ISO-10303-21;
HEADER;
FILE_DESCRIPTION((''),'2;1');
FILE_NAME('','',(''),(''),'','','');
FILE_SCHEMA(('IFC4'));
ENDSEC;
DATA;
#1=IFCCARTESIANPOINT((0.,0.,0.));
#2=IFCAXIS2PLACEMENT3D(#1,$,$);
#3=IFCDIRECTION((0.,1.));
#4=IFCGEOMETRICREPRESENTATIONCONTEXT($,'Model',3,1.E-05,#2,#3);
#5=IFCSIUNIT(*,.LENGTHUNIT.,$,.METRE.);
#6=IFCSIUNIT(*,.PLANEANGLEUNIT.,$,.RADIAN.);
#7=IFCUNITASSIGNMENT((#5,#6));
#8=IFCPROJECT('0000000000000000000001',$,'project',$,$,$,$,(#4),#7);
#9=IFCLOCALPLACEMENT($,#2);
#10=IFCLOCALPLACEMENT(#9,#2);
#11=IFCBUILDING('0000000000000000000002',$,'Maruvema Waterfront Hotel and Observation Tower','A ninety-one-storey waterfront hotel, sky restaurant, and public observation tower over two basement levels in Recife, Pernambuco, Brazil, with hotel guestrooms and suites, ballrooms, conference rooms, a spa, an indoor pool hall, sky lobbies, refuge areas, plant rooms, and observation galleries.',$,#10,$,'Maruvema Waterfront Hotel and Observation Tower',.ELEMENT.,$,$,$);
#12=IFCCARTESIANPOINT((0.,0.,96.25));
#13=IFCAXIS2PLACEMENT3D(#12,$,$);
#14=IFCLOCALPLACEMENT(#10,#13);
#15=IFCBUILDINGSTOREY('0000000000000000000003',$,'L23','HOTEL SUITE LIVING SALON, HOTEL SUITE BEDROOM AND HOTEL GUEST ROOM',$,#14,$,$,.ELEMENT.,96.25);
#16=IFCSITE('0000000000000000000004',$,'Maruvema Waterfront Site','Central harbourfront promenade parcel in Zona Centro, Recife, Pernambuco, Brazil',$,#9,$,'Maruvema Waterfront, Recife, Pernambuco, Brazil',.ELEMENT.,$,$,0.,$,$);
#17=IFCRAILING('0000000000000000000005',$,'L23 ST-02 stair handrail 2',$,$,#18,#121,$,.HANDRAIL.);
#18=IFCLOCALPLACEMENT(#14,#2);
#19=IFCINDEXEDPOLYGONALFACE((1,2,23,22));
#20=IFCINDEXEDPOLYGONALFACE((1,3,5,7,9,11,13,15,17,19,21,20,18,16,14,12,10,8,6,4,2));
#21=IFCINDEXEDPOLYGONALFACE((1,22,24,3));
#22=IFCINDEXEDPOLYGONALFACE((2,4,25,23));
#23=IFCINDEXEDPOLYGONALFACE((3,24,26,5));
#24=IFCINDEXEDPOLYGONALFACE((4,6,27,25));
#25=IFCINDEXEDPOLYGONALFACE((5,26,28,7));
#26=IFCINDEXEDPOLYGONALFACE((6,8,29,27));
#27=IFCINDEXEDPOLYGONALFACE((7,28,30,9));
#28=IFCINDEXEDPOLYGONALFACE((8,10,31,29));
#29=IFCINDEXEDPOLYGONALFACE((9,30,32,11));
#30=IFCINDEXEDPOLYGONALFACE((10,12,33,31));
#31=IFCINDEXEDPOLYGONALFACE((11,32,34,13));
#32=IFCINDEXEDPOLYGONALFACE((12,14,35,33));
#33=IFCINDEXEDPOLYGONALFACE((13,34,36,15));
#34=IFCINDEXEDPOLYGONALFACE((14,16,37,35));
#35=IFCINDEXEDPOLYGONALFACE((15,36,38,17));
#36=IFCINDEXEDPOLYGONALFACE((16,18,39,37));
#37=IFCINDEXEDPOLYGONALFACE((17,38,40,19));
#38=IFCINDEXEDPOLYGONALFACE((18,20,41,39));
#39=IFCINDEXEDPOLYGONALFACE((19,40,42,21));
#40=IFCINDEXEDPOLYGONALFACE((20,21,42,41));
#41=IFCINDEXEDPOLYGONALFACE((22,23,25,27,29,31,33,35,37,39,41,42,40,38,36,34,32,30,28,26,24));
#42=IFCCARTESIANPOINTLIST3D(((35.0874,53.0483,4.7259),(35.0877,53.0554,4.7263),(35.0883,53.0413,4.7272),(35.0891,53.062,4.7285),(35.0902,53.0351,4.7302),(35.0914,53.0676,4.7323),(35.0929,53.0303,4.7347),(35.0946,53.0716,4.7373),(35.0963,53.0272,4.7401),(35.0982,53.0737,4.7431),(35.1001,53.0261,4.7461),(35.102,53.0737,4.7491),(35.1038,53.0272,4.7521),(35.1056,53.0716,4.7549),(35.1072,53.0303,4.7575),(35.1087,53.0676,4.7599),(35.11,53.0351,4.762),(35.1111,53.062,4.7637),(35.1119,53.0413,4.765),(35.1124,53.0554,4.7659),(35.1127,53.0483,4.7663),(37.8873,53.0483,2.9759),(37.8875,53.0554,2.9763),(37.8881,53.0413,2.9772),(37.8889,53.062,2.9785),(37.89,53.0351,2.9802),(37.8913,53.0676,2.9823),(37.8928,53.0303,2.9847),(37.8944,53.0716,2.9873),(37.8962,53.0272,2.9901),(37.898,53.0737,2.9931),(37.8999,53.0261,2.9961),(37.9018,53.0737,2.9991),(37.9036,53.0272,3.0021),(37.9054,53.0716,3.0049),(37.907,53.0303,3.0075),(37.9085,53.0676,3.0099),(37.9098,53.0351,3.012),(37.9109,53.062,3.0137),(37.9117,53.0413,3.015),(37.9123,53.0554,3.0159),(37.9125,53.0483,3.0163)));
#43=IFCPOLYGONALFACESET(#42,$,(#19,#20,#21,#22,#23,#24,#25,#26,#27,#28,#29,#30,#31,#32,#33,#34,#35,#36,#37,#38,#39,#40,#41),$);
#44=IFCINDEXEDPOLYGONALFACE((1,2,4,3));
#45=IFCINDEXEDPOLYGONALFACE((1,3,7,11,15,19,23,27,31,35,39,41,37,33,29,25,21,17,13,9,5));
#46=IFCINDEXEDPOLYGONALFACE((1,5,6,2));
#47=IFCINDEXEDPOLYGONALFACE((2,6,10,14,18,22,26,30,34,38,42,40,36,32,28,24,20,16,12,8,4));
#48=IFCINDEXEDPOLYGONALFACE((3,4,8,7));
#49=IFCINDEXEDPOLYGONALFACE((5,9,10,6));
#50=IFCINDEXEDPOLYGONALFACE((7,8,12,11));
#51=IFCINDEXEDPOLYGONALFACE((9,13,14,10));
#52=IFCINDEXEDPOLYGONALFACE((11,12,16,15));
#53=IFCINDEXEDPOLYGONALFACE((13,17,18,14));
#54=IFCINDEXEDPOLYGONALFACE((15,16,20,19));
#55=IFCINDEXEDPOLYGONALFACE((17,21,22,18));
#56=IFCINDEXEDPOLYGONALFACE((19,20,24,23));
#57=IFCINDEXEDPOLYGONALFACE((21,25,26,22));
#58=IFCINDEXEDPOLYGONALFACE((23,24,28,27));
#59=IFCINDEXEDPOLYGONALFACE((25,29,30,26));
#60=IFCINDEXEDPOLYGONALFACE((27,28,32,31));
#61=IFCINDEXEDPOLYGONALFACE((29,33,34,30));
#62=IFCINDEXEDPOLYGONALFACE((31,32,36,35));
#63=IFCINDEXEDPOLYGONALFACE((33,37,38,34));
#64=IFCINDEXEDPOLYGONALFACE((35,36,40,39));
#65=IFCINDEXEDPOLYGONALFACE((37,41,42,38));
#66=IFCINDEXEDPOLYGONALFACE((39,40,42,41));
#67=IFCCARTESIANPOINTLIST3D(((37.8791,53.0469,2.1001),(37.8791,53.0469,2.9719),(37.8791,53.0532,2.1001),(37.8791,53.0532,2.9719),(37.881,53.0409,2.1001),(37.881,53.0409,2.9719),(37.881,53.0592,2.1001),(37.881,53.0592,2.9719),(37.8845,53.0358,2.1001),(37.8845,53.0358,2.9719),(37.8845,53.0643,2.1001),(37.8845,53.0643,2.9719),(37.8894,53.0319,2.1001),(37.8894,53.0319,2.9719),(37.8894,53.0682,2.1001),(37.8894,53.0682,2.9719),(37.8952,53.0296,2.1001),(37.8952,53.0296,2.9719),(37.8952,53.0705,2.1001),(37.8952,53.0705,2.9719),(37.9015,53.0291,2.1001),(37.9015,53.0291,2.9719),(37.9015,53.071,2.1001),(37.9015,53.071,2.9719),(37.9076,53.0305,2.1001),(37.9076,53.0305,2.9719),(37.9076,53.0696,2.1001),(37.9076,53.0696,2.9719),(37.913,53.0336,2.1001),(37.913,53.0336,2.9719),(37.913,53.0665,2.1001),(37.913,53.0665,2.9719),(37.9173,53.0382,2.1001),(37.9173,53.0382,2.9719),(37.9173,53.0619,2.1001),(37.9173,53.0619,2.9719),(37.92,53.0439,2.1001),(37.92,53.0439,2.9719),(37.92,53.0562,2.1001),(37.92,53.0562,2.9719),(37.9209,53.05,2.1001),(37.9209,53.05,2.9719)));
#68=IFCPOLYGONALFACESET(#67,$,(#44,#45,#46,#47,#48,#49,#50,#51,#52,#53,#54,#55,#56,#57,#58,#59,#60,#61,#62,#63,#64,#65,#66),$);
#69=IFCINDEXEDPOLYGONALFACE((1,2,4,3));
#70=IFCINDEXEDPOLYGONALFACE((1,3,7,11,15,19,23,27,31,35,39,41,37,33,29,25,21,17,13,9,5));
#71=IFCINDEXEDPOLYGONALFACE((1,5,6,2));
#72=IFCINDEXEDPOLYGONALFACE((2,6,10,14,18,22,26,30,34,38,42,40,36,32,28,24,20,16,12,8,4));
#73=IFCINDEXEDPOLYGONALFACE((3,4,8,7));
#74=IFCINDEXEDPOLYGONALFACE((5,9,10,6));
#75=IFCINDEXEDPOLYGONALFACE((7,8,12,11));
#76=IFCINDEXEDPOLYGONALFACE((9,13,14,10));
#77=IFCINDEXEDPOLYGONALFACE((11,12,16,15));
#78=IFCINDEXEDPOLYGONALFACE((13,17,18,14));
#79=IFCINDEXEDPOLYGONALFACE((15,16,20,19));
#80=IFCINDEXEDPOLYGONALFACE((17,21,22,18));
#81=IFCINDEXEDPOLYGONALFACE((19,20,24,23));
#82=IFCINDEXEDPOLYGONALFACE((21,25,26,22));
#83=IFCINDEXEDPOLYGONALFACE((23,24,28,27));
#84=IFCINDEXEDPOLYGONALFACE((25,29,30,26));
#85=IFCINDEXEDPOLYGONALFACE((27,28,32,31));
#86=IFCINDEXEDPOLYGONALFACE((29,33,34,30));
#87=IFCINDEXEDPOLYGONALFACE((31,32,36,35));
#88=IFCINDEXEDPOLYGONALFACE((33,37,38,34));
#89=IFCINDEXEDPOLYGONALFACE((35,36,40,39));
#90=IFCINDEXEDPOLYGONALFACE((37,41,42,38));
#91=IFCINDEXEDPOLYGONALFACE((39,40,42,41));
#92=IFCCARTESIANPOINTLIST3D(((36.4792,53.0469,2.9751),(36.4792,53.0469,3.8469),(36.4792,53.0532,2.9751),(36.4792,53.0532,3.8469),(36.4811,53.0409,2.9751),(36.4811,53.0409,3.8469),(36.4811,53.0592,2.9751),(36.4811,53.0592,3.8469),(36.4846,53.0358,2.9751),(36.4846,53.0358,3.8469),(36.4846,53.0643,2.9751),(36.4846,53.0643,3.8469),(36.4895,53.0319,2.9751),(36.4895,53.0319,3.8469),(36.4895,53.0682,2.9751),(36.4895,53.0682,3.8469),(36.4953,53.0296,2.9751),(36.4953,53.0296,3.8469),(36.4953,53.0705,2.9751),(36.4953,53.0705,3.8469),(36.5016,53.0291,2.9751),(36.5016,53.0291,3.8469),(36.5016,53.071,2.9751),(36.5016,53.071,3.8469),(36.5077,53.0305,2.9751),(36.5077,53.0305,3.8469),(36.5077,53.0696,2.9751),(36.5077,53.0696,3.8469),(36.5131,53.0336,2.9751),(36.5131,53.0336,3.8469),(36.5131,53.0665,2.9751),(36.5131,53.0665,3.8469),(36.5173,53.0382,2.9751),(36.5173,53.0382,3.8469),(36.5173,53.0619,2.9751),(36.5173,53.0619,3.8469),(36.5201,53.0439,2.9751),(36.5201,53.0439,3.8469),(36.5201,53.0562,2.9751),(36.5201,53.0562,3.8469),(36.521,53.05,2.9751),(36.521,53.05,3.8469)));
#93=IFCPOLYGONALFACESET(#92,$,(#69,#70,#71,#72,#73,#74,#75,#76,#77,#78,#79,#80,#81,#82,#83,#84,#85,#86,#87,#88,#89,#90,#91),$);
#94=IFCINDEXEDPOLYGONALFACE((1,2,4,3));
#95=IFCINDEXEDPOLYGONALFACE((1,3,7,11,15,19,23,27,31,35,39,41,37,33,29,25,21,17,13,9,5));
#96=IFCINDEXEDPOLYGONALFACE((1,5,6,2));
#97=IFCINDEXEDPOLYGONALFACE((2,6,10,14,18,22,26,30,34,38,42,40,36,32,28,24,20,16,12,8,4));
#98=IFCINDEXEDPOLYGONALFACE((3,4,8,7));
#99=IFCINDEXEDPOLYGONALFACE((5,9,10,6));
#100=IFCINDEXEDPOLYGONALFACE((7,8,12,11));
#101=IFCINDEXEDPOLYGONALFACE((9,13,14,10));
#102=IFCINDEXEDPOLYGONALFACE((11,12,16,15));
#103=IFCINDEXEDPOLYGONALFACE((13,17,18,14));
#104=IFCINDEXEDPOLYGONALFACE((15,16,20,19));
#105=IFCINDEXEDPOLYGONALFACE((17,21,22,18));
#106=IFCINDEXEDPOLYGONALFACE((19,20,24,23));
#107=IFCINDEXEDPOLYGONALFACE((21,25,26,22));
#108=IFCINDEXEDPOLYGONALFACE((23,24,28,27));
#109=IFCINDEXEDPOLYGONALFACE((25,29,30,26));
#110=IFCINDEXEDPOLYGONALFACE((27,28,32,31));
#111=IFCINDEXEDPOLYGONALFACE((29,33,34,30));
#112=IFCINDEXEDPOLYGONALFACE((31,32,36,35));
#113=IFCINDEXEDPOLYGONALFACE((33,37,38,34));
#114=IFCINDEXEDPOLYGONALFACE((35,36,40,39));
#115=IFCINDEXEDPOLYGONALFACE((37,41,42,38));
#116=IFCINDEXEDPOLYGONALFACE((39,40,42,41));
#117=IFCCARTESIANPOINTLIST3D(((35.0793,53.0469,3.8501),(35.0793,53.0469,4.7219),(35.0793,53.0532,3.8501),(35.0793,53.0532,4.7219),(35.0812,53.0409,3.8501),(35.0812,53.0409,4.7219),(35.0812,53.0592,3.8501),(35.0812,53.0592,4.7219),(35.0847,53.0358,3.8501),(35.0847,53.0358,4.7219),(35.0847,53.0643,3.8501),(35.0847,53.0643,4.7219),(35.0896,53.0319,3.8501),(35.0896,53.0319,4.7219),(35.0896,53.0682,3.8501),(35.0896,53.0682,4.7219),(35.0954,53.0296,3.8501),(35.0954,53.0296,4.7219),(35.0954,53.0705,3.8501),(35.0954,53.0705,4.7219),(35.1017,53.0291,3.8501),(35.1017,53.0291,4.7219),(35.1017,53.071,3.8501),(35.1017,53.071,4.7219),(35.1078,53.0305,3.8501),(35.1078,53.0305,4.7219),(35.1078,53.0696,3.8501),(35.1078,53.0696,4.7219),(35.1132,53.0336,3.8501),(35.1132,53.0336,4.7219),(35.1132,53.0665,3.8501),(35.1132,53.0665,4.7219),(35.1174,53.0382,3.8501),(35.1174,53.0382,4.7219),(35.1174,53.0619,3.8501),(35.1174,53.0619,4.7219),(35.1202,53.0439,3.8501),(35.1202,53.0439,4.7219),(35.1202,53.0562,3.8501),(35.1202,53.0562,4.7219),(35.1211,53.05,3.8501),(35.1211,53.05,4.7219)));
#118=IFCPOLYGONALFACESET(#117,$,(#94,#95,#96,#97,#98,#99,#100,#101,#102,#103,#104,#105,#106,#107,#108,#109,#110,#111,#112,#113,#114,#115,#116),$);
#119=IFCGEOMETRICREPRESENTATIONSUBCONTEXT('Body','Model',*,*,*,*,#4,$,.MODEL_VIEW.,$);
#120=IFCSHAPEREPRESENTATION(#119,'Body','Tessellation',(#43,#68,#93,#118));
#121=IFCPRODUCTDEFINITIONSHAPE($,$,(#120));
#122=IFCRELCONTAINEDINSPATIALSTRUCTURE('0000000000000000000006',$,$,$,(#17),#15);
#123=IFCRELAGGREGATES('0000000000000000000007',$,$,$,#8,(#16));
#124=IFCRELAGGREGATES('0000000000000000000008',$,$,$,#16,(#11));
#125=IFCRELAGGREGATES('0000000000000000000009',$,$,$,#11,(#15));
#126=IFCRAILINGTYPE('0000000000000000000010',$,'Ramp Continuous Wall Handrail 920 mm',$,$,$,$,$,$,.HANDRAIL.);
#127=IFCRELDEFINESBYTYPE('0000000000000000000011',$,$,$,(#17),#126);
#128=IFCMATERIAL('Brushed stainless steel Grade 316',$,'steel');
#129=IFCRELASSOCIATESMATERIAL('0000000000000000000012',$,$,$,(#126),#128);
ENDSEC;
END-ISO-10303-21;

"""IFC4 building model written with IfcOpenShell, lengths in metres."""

from ifc_helpers import new_model, si_unit, direction, frame, origin, origin_2d, place, context, subcontext, project, spatial, circle, extrude, material, type_object, element, save


model = new_model("IFC4")

# Units and contexts
model_context = context("Model", 3, precision=1e-05, world=origin(), true_north=direction((0.0, 1.0)))
body_context = subcontext(model_context, "Body", "Model", "MODEL_VIEW")
ifc_project = project(units=[si_unit("LENGTHUNIT", "METRE"), si_unit("PLANEANGLEUNIT", "RADIAN")], contexts=[model_context])

# Site, building, storey
site_placement = place(None, origin())
site = spatial("IfcSite", under=ifc_project, at=site_placement, Name="Maruvema Waterfront Site", Description="Central harbourfront promenade parcel in Zona Centro, Recife, Pernambuco, Brazil", LongName="Maruvema Waterfront, Recife, Pernambuco, Brazil", CompositionType="ELEMENT", RefElevation=0.0)
building_placement = place(site_placement, origin())
building = spatial("IfcBuilding", under=site, at=building_placement, Name="Maruvema Waterfront Hotel and Observation Tower", Description="A ninety-one-storey waterfront hotel, sky restaurant, and public observation tower over two basement levels in Recife, Pernambuco, Brazil, with hotel guestrooms and suites, ballrooms, conference rooms, a spa, an indoor pool hall, sky lobbies, refuge areas, plant rooms, and observation galleries.", LongName="Maruvema Waterfront Hotel and Observation Tower", CompositionType="ELEMENT")
storey_placement = place(building_placement, frame((0.0, 0.0, 96.25)))
storey = spatial("IfcBuildingStorey", under=building, at=storey_placement, Name="L23", Description="HOTEL SUITE LIVING SALON, HOTEL SUITE BEDROOM AND HOTEL GUEST ROOM", CompositionType="ELEMENT", Elevation=96.25)

# Railing
ifc_material_1 = material(Name="Brushed stainless steel Grade 316", Category="steel")
railing_type_1 = type_object("IfcRailingType", Name="Ramp Continuous Wall Handrail 920 mm", PredefinedType="HANDRAIL", material=ifc_material_1)
railing_1_placement = place(storey_placement, frame((37.8999, 53.05, 2.1001)))
element("IfcRailing", 1, at=railing_1_placement, inside=storey, type_object=railing_type_1, Name="L23 ST-02 stair handrail 2", PredefinedType="HANDRAIL", context=body_context, shape_type="SweptSolid", body=[
    extrude(circle(Radius=0.0239, at=origin_2d()), frame((0.0, 0.0, 0.896), z_axis=(-0.847982, 0.0, 0.530026), x_axis=(0.0, -1.0, 0.0)), (0.0, 0.0, 1.0), 3.3018),
    extrude(circle(Radius=0.021, at=origin_2d()), origin(), (0.0, 0.0, 1.0), 0.8718),
    extrude(circle(Radius=0.021, at=origin_2d()), frame((-1.3999, 0.0, 0.875)), (0.0, 0.0, 1.0), 0.8718),
    extrude(circle(Radius=0.021, at=origin_2d()), frame((-2.7998, 0.0, 1.75)), (0.0, 0.0, 1.0), 0.8718),
])

save(model, "model.ifc")
